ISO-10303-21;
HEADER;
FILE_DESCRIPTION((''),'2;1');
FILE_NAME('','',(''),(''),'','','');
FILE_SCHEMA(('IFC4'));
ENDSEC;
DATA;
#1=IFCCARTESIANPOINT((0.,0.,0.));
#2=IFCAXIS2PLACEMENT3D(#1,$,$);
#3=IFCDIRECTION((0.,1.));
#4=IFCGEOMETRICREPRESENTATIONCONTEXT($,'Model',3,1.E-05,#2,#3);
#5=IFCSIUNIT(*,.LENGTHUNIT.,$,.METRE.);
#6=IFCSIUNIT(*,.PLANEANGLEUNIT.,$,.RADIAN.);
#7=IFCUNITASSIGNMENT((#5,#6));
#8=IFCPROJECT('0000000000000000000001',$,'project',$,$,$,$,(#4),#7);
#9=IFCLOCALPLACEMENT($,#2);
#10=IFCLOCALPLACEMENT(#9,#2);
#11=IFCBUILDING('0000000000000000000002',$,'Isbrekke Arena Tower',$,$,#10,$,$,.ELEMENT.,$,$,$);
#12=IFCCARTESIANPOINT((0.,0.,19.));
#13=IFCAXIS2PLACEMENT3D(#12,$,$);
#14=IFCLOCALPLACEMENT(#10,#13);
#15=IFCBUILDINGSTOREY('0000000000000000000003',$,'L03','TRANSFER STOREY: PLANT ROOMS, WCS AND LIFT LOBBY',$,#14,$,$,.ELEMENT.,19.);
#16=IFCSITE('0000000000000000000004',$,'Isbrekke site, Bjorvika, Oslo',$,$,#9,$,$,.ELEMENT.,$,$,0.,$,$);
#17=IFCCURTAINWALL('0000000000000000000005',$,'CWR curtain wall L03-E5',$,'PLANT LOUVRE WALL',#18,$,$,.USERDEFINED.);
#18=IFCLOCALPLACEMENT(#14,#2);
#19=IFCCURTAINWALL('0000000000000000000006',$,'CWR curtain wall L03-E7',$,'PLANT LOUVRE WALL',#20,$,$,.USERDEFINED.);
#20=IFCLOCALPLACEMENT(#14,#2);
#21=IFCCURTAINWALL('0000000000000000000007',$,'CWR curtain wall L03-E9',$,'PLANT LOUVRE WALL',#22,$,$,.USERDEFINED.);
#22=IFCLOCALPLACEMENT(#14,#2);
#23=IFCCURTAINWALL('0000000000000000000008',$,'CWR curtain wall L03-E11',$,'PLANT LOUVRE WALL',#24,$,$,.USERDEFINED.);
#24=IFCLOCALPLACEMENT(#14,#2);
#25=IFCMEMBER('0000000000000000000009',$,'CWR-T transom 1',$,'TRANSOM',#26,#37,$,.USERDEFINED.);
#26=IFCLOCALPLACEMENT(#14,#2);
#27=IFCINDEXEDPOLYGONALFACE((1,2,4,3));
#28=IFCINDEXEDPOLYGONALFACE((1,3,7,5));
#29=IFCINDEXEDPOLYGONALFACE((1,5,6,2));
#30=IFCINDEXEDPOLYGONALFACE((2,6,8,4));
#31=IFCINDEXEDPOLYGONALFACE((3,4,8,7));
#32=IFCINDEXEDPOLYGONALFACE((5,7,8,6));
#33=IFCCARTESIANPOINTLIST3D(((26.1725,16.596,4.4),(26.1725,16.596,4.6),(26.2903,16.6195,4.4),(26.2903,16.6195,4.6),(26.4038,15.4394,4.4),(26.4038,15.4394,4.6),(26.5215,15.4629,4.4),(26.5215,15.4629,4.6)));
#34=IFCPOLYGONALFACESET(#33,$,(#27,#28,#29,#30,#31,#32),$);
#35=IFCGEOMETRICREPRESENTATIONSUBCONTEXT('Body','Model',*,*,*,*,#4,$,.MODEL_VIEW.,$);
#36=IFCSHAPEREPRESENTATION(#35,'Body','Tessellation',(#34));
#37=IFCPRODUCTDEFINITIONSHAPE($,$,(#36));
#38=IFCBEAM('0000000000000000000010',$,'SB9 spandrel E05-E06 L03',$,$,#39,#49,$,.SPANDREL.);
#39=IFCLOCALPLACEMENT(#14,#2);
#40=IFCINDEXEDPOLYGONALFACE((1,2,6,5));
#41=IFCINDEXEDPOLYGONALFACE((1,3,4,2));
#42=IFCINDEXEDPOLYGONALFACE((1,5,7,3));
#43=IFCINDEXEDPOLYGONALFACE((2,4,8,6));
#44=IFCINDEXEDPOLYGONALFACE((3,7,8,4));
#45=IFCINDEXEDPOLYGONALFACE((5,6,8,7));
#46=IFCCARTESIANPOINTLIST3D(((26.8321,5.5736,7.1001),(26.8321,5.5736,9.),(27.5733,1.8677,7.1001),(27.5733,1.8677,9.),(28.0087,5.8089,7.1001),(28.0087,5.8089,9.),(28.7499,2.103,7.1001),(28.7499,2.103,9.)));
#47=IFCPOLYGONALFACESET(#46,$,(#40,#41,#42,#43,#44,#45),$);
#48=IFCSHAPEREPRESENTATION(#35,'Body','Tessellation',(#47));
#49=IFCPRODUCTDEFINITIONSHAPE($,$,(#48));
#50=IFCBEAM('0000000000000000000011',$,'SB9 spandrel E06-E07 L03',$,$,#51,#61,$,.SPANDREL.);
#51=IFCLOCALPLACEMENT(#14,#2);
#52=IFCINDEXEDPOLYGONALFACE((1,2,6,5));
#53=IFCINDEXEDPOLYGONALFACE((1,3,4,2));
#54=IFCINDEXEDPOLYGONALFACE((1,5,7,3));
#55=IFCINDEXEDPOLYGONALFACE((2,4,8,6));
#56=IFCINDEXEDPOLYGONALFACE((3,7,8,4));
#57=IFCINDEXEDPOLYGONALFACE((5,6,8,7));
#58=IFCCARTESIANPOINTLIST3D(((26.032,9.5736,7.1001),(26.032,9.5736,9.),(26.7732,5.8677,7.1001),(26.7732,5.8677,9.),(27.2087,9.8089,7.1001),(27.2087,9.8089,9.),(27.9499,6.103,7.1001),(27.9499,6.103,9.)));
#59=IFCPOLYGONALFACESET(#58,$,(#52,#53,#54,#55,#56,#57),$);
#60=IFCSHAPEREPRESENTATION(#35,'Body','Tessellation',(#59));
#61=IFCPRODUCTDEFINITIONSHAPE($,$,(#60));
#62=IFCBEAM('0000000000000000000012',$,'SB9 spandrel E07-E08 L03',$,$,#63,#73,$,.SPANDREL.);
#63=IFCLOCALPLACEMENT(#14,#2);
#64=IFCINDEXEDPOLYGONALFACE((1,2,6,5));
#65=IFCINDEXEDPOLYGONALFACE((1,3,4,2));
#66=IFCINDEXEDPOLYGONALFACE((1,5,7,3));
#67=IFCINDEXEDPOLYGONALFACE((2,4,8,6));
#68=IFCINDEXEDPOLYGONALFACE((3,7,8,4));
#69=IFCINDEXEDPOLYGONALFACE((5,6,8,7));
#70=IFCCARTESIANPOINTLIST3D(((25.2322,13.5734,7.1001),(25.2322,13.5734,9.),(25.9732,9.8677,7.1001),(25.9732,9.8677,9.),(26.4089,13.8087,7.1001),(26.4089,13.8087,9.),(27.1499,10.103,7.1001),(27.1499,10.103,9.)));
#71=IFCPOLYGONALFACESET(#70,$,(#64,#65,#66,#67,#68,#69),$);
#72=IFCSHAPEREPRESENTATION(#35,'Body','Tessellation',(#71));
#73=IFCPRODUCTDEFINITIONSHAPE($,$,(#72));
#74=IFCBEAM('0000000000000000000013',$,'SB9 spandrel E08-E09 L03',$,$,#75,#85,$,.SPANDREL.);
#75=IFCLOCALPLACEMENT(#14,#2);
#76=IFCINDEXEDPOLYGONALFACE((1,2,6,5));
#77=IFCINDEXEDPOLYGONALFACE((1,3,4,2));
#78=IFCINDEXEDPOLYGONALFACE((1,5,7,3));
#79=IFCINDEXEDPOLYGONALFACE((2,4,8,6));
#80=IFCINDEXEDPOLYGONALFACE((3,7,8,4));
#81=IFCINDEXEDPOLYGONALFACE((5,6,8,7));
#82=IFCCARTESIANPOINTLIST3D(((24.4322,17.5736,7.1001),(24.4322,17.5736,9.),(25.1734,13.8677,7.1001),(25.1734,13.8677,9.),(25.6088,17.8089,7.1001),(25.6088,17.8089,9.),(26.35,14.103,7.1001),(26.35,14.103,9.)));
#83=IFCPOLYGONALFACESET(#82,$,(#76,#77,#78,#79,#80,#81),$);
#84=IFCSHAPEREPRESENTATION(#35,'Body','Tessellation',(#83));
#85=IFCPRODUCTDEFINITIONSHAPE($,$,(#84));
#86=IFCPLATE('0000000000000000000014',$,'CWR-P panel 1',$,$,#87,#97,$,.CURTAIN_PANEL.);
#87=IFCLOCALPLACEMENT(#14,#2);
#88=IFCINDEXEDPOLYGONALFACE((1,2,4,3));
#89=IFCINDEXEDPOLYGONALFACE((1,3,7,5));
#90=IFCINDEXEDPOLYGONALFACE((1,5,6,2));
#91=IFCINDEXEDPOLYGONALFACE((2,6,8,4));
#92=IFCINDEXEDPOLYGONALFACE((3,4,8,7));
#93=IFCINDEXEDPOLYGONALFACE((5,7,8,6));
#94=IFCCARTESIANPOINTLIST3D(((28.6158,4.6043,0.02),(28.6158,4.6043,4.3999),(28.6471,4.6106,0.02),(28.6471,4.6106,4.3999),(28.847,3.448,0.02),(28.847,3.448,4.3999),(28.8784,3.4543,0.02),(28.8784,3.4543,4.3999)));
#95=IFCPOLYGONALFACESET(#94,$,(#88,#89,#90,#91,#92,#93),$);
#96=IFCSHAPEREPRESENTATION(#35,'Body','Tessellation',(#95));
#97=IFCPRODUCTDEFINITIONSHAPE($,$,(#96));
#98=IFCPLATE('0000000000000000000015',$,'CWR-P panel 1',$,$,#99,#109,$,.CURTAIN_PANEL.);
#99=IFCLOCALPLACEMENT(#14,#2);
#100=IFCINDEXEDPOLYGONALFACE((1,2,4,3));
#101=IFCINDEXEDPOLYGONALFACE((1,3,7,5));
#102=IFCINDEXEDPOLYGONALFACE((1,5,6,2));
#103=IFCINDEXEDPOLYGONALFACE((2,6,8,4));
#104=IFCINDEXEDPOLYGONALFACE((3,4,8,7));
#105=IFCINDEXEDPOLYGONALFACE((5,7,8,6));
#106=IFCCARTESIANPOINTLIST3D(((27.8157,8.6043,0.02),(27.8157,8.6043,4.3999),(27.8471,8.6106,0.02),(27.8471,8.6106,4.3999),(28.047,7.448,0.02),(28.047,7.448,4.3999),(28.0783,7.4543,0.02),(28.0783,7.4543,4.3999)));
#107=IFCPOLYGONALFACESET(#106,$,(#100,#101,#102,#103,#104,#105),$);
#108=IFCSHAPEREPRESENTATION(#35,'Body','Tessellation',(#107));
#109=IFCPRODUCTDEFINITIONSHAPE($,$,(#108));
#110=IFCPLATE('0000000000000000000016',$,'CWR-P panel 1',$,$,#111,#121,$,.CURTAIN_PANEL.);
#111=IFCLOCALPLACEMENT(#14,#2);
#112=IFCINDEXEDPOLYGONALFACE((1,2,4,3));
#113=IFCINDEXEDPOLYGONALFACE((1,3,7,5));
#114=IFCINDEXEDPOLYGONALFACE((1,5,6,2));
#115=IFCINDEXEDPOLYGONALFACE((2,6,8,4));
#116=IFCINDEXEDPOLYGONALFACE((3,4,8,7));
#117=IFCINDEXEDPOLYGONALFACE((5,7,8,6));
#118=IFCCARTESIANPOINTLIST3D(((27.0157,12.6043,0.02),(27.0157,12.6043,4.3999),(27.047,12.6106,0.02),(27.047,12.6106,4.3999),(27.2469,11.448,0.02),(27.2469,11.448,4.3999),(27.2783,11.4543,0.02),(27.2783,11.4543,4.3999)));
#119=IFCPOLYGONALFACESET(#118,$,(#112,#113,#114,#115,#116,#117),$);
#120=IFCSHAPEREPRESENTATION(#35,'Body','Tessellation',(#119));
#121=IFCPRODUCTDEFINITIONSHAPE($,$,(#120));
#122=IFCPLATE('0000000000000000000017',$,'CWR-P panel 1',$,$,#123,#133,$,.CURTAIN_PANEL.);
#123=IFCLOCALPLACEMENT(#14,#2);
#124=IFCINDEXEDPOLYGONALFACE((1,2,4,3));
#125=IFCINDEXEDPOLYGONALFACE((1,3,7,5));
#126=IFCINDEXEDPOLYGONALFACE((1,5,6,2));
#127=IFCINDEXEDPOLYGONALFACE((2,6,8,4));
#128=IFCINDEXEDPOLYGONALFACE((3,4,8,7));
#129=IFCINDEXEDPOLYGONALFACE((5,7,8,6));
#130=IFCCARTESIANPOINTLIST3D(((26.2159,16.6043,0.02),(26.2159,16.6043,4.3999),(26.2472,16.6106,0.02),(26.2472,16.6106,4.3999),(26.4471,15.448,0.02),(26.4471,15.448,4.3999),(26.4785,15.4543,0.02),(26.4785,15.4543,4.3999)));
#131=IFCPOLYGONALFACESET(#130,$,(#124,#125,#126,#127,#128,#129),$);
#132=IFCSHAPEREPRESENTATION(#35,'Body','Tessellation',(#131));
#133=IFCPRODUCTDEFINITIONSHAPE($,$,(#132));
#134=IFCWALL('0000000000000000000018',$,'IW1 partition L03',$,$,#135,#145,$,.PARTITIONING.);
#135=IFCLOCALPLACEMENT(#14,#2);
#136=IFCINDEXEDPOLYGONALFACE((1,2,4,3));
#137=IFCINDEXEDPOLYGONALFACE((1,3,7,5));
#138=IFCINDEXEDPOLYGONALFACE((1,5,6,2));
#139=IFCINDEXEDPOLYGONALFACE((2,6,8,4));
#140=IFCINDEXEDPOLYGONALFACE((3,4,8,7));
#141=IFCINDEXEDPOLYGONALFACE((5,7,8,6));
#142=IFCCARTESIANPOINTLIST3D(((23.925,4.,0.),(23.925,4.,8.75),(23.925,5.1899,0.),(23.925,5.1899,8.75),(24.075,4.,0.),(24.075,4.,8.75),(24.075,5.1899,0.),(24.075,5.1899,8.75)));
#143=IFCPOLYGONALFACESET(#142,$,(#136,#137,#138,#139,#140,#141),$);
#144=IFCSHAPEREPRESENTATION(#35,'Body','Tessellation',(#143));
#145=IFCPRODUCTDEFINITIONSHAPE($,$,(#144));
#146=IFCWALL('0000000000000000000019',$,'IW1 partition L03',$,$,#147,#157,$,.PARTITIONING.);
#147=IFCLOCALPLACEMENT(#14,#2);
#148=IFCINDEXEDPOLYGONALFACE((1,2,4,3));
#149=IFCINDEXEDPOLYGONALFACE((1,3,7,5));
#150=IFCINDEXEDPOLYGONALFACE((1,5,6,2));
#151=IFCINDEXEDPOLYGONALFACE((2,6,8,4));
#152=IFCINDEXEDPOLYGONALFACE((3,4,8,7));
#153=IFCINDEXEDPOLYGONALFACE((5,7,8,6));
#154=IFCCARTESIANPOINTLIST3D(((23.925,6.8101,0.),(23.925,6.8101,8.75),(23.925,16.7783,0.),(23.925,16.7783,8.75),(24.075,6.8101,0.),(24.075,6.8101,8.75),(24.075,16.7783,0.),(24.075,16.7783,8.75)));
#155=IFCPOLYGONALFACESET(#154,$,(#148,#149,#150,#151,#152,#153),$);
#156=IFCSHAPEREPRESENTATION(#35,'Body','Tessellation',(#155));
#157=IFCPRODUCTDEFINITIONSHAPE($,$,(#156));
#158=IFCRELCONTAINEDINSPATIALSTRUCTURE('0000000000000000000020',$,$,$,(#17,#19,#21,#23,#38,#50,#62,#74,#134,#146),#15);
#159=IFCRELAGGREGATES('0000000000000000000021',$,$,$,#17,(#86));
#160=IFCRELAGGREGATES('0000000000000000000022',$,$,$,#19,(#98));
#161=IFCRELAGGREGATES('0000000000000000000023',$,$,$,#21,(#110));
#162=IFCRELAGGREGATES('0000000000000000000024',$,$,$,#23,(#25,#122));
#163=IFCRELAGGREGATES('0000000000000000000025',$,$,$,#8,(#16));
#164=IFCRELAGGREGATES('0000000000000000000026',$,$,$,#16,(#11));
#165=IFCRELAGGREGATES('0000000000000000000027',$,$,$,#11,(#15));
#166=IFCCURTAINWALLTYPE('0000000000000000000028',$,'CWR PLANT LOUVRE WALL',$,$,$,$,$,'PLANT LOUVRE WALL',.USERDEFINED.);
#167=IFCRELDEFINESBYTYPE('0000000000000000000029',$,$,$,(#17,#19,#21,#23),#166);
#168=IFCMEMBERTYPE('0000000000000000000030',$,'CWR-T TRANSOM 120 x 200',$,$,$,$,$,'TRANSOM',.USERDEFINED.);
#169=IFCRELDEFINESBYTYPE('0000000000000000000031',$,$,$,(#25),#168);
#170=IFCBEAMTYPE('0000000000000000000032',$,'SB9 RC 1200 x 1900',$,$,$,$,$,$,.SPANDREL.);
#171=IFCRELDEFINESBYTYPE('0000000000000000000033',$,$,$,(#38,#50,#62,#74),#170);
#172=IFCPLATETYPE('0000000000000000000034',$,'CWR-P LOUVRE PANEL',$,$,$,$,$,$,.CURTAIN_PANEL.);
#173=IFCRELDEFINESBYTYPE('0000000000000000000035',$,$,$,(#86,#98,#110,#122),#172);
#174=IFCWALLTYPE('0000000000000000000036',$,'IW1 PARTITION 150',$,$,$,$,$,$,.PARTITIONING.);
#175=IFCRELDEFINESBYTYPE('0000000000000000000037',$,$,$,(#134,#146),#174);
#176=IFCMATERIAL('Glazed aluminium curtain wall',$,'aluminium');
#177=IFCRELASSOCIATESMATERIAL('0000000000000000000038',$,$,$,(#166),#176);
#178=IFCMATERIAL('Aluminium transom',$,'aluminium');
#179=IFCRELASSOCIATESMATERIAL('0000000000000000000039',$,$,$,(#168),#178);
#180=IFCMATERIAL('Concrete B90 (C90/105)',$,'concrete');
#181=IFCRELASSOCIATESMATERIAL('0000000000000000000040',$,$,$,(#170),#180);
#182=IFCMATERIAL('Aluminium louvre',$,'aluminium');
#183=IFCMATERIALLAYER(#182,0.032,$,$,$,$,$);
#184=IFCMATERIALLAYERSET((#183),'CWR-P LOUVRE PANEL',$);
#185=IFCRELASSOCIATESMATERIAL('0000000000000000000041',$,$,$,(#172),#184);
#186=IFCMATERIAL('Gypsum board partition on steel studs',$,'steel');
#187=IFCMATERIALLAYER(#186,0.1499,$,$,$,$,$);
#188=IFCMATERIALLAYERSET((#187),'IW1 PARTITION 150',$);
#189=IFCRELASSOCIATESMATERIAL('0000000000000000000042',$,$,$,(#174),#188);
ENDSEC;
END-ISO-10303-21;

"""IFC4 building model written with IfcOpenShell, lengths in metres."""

from ifc_helpers import new_model, si_unit, direction, frame, frame_2d, origin, origin_2d, place, context, subcontext, project, spatial, rectangle, extrude, material, layer, layer_set, material_profile, profile_set, type_object, element, aggregate, save


model = new_model("IFC4")

# Units and contexts
model_context = context("Model", 3, precision=1e-05, world=origin(), true_north=direction((0.0, 1.0)))
body_context = subcontext(model_context, "Body", "Model", "MODEL_VIEW")
ifc_project = project(units=[si_unit("LENGTHUNIT", "METRE"), si_unit("PLANEANGLEUNIT", "RADIAN")], contexts=[model_context])

# Site, building, storey
site_placement = place(None, origin())
site = spatial("IfcSite", under=ifc_project, at=site_placement, Name="Isbrekke site, Bjorvika, Oslo", CompositionType="ELEMENT", RefElevation=0.0)
building_placement = place(site_placement, origin())
building = spatial("IfcBuilding", under=site, at=building_placement, Name="Isbrekke Arena Tower", CompositionType="ELEMENT")
storey_placement = place(building_placement, frame((0.0, 0.0, 19.0)))
storey = spatial("IfcBuildingStorey", under=building, at=storey_placement, Name="L03", Description="TRANSFER STOREY: PLANT ROOMS, WCS AND LIFT LOBBY", CompositionType="ELEMENT", Elevation=19.0)

# Curtain walls
ifc_material_1 = material(Name="Glazed aluminium curtain wall", Category="aluminium")
curtain_wall_type = type_object("IfcCurtainWallType", Name="CWR PLANT LOUVRE WALL", ElementType="PLANT LOUVRE WALL", PredefinedType="USERDEFINED", material=ifc_material_1)
curtain_wall_1_placement = place(storey_placement, origin())
curtain_wall_1 = element("IfcCurtainWall", 1, at=curtain_wall_1_placement, inside=storey, type_object=curtain_wall_type, Name="CWR curtain wall L03-E5", ObjectType="PLANT LOUVRE WALL", PredefinedType="USERDEFINED")
curtain_wall_2_placement = place(storey_placement, origin())
curtain_wall_2 = element("IfcCurtainWall", 2, at=curtain_wall_2_placement, inside=storey, type_object=curtain_wall_type, Name="CWR curtain wall L03-E7", ObjectType="PLANT LOUVRE WALL", PredefinedType="USERDEFINED")
curtain_wall_3_placement = place(storey_placement, origin())
curtain_wall_3 = element("IfcCurtainWall", 3, at=curtain_wall_3_placement, inside=storey, type_object=curtain_wall_type, Name="CWR curtain wall L03-E9", ObjectType="PLANT LOUVRE WALL", PredefinedType="USERDEFINED")
curtain_wall_4_placement = place(storey_placement, origin())
curtain_wall_4 = element("IfcCurtainWall", 4, at=curtain_wall_4_placement, inside=storey, type_object=curtain_wall_type, Name="CWR curtain wall L03-E11", ObjectType="PLANT LOUVRE WALL", PredefinedType="USERDEFINED")

# Member
ifc_material_2 = material(Name="Aluminium transom", Category="aluminium")
ifc_material_profile_1 = material_profile(ifc_material_2, rectangle(XDim=0.1201, YDim=0.2, at=origin_2d()), Name="TRANSOM 120X200")
ifc_profile_set_1 = profile_set([ifc_material_profile_1], Name="Aluminium transom")
member_type_1 = type_object("IfcMemberType", Name="CWR-T TRANSOM 120 x 200", ElementType="TRANSOM", PredefinedType="USERDEFINED", material=ifc_profile_set_1)
member_1_placement = place(storey_placement, frame((26.4626, 15.4512, 4.5), z_axis=(-0.196037, 0.980597, 0.0), x_axis=(-0.980597, -0.196037, 0.0)))
member_1 = element("IfcMember", 5, at=member_1_placement, type_object=member_type_1, Name="CWR-T transom 1", ObjectType="TRANSOM", PredefinedType="USERDEFINED", context=body_context, shape_type="SweptSolid", body=[
    extrude(rectangle(XDim=0.1201, YDim=0.2, at=origin_2d()), origin(), (0.0, 0.0, 1.0), 1.1794),
])

# Beams
ifc_material_3 = material(Name="Concrete B90 (C90/105)", Category="concrete")
ifc_material_profile_2 = material_profile(ifc_material_3, rectangle(XDim=1.2, YDim=1.8999, at=origin_2d()), Name="RC 1200x1900")
ifc_profile_set_2 = profile_set([ifc_material_profile_2], Name="Concrete B90 (C90/105)")
beam_type_1 = type_object("IfcBeamType", Name="SB9 RC 1200 x 1900", PredefinedType="SPANDREL", material=ifc_profile_set_2)
for number, where, z_axis, x_axis, name in (
    (6, (28.1616, 1.9854, 8.05), (-0.196129, 0.980578, 0.0), (-0.980578, -0.196129, 0.0), "SB9 spandrel E05-E06 L03"),
    (7, (27.3616, 5.9854, 8.05), (-0.196129, 0.980578, 0.0), (-0.980578, -0.196129, 0.0), "SB9 spandrel E06-E07 L03"),
):
    element("IfcBeam", number, at=place(storey_placement, frame(where, z_axis=z_axis, x_axis=x_axis)), inside=storey, type_object=beam_type_1, Name=name, PredefinedType="SPANDREL", context=body_context, shape_type="SweptSolid", body=[
        extrude(rectangle(XDim=1.2, YDim=1.8999, at=origin_2d()), origin(), (0.0, 0.0, 1.0), 3.7793),
    ])
beam_1_placement = place(storey_placement, frame((26.5615, 9.9854, 8.05), z_axis=(-0.196066, 0.980591, 0.0), x_axis=(-0.980591, -0.196066, 0.0)))
element("IfcBeam", 8, at=beam_1_placement, inside=storey, type_object=beam_type_1, Name="SB9 spandrel E07-E08 L03", PredefinedType="SPANDREL", context=body_context, shape_type="SweptSolid", body=[
    extrude(rectangle(XDim=1.2, YDim=1.8999, at=origin_2d()), origin(), (0.0, 0.0, 1.0), 3.7791),
])
beam_2_placement = place(storey_placement, frame((25.7617, 13.9854, 8.05), z_axis=(-0.196129, 0.980578, 0.0), x_axis=(-0.980578, -0.196129, 0.0)))
element("IfcBeam", 9, at=beam_2_placement, inside=storey, type_object=beam_type_1, Name="SB9 spandrel E08-E09 L03", PredefinedType="SPANDREL", context=body_context, shape_type="SweptSolid", body=[
    extrude(rectangle(XDim=1.2, YDim=1.8999, at=origin_2d()), origin(), (0.0, 0.0, 1.0), 3.7793),
])

# Plates
ifc_material_4 = material(Name="Aluminium louvre", Category="aluminium")
ifc_layer_1 = layer(ifc_material_4, 0.032)
ifc_layer_set_1 = layer_set([ifc_layer_1], Name="CWR-P LOUVRE PANEL")
plate_type = type_object("IfcPlateType", Name="CWR-P LOUVRE PANEL", PredefinedType="CURTAIN_PANEL", material=ifc_layer_set_1)
plate_1_placement = place(storey_placement, frame((28.7471, 4.0293, 0.02), z_axis=(0.0, 0.0, 1.0), x_axis=(-0.196116, 0.980581, 0.0)))
plate_1 = element("IfcPlate", 10, at=plate_1_placement, type_object=plate_type, Name="CWR-P panel 1", PredefinedType="CURTAIN_PANEL", context=body_context, shape_type="SweptSolid", body=[
    extrude(rectangle(XDim=1.1792, YDim=0.032, at=origin_2d()), origin(), (0.0, 0.0, 1.0), 4.3799),
])
aggregate(curtain_wall_1, [plate_1])
plate_2_placement = place(storey_placement, frame((27.947, 8.0293, 0.02), z_axis=(0.0, 0.0, 1.0), x_axis=(-0.196116, 0.980581, 0.0)))
plate_2 = element("IfcPlate", 11, at=plate_2_placement, type_object=plate_type, Name="CWR-P panel 1", PredefinedType="CURTAIN_PANEL", context=body_context, shape_type="SweptSolid", body=[
    extrude(rectangle(XDim=1.1792, YDim=0.032, at=origin_2d()), origin(), (0.0, 0.0, 1.0), 4.3799),
])
aggregate(curtain_wall_2, [plate_2])
plate_3_placement = place(storey_placement, frame((27.147, 12.0293, 0.02), z_axis=(0.0, 0.0, 1.0), x_axis=(-0.196116, 0.980581, 0.0)))
plate_3 = element("IfcPlate", 12, at=plate_3_placement, type_object=plate_type, Name="CWR-P panel 1", PredefinedType="CURTAIN_PANEL", context=body_context, shape_type="SweptSolid", body=[
    extrude(rectangle(XDim=1.1792, YDim=0.032, at=origin_2d()), origin(), (0.0, 0.0, 1.0), 4.3799),
])
aggregate(curtain_wall_3, [plate_3])
plate_4_placement = place(storey_placement, frame((26.3472, 16.0293, 0.02), z_axis=(0.0, 0.0, 1.0), x_axis=(-0.196116, 0.980581, 0.0)))
plate_4 = element("IfcPlate", 13, at=plate_4_placement, type_object=plate_type, Name="CWR-P panel 1", PredefinedType="CURTAIN_PANEL", context=body_context, shape_type="SweptSolid", body=[
    extrude(rectangle(XDim=1.1792, YDim=0.032, at=origin_2d()), origin(), (0.0, 0.0, 1.0), 4.3799),
])
aggregate(curtain_wall_4, [member_1, plate_4])

# Walls
ifc_material_5 = material(Name="Gypsum board partition on steel studs", Category="steel")
ifc_layer_2 = layer(ifc_material_5, 0.1499)
ifc_layer_set_2 = layer_set([ifc_layer_2], Name="IW1 PARTITION 150")
wall_type = type_object("IfcWallType", Name="IW1 PARTITION 150", PredefinedType="PARTITIONING", material=ifc_layer_set_2)
wall_1_placement = place(storey_placement, frame((24.0, 4.0, 0.0), z_axis=(0.0, 0.0, 1.0), x_axis=(0.0, 1.0, 0.0)))
element("IfcWall", 14, at=wall_1_placement, inside=storey, type_object=wall_type, Name="IW1 partition L03", PredefinedType="PARTITIONING", context=body_context, shape_type="SweptSolid", body=[
    extrude(rectangle(XDim=1.1899, YDim=0.1499, at=frame_2d((0.595, 0.0))), origin(), (0.0, 0.0, 1.0), 8.75),
])
wall_2_placement = place(storey_placement, frame((24.0, 6.8101, 0.0), z_axis=(0.0, 0.0, 1.0), x_axis=(0.0, 1.0, 0.0)))
element("IfcWall", 15, at=wall_2_placement, inside=storey, type_object=wall_type, Name="IW1 partition L03", PredefinedType="PARTITIONING", context=body_context, shape_type="SweptSolid", body=[
    extrude(rectangle(XDim=9.9683, YDim=0.1499, at=frame_2d((4.9841, 0.0))), origin(), (0.0, 0.0, 1.0), 8.75),
])

save(model, "model.ifc")
